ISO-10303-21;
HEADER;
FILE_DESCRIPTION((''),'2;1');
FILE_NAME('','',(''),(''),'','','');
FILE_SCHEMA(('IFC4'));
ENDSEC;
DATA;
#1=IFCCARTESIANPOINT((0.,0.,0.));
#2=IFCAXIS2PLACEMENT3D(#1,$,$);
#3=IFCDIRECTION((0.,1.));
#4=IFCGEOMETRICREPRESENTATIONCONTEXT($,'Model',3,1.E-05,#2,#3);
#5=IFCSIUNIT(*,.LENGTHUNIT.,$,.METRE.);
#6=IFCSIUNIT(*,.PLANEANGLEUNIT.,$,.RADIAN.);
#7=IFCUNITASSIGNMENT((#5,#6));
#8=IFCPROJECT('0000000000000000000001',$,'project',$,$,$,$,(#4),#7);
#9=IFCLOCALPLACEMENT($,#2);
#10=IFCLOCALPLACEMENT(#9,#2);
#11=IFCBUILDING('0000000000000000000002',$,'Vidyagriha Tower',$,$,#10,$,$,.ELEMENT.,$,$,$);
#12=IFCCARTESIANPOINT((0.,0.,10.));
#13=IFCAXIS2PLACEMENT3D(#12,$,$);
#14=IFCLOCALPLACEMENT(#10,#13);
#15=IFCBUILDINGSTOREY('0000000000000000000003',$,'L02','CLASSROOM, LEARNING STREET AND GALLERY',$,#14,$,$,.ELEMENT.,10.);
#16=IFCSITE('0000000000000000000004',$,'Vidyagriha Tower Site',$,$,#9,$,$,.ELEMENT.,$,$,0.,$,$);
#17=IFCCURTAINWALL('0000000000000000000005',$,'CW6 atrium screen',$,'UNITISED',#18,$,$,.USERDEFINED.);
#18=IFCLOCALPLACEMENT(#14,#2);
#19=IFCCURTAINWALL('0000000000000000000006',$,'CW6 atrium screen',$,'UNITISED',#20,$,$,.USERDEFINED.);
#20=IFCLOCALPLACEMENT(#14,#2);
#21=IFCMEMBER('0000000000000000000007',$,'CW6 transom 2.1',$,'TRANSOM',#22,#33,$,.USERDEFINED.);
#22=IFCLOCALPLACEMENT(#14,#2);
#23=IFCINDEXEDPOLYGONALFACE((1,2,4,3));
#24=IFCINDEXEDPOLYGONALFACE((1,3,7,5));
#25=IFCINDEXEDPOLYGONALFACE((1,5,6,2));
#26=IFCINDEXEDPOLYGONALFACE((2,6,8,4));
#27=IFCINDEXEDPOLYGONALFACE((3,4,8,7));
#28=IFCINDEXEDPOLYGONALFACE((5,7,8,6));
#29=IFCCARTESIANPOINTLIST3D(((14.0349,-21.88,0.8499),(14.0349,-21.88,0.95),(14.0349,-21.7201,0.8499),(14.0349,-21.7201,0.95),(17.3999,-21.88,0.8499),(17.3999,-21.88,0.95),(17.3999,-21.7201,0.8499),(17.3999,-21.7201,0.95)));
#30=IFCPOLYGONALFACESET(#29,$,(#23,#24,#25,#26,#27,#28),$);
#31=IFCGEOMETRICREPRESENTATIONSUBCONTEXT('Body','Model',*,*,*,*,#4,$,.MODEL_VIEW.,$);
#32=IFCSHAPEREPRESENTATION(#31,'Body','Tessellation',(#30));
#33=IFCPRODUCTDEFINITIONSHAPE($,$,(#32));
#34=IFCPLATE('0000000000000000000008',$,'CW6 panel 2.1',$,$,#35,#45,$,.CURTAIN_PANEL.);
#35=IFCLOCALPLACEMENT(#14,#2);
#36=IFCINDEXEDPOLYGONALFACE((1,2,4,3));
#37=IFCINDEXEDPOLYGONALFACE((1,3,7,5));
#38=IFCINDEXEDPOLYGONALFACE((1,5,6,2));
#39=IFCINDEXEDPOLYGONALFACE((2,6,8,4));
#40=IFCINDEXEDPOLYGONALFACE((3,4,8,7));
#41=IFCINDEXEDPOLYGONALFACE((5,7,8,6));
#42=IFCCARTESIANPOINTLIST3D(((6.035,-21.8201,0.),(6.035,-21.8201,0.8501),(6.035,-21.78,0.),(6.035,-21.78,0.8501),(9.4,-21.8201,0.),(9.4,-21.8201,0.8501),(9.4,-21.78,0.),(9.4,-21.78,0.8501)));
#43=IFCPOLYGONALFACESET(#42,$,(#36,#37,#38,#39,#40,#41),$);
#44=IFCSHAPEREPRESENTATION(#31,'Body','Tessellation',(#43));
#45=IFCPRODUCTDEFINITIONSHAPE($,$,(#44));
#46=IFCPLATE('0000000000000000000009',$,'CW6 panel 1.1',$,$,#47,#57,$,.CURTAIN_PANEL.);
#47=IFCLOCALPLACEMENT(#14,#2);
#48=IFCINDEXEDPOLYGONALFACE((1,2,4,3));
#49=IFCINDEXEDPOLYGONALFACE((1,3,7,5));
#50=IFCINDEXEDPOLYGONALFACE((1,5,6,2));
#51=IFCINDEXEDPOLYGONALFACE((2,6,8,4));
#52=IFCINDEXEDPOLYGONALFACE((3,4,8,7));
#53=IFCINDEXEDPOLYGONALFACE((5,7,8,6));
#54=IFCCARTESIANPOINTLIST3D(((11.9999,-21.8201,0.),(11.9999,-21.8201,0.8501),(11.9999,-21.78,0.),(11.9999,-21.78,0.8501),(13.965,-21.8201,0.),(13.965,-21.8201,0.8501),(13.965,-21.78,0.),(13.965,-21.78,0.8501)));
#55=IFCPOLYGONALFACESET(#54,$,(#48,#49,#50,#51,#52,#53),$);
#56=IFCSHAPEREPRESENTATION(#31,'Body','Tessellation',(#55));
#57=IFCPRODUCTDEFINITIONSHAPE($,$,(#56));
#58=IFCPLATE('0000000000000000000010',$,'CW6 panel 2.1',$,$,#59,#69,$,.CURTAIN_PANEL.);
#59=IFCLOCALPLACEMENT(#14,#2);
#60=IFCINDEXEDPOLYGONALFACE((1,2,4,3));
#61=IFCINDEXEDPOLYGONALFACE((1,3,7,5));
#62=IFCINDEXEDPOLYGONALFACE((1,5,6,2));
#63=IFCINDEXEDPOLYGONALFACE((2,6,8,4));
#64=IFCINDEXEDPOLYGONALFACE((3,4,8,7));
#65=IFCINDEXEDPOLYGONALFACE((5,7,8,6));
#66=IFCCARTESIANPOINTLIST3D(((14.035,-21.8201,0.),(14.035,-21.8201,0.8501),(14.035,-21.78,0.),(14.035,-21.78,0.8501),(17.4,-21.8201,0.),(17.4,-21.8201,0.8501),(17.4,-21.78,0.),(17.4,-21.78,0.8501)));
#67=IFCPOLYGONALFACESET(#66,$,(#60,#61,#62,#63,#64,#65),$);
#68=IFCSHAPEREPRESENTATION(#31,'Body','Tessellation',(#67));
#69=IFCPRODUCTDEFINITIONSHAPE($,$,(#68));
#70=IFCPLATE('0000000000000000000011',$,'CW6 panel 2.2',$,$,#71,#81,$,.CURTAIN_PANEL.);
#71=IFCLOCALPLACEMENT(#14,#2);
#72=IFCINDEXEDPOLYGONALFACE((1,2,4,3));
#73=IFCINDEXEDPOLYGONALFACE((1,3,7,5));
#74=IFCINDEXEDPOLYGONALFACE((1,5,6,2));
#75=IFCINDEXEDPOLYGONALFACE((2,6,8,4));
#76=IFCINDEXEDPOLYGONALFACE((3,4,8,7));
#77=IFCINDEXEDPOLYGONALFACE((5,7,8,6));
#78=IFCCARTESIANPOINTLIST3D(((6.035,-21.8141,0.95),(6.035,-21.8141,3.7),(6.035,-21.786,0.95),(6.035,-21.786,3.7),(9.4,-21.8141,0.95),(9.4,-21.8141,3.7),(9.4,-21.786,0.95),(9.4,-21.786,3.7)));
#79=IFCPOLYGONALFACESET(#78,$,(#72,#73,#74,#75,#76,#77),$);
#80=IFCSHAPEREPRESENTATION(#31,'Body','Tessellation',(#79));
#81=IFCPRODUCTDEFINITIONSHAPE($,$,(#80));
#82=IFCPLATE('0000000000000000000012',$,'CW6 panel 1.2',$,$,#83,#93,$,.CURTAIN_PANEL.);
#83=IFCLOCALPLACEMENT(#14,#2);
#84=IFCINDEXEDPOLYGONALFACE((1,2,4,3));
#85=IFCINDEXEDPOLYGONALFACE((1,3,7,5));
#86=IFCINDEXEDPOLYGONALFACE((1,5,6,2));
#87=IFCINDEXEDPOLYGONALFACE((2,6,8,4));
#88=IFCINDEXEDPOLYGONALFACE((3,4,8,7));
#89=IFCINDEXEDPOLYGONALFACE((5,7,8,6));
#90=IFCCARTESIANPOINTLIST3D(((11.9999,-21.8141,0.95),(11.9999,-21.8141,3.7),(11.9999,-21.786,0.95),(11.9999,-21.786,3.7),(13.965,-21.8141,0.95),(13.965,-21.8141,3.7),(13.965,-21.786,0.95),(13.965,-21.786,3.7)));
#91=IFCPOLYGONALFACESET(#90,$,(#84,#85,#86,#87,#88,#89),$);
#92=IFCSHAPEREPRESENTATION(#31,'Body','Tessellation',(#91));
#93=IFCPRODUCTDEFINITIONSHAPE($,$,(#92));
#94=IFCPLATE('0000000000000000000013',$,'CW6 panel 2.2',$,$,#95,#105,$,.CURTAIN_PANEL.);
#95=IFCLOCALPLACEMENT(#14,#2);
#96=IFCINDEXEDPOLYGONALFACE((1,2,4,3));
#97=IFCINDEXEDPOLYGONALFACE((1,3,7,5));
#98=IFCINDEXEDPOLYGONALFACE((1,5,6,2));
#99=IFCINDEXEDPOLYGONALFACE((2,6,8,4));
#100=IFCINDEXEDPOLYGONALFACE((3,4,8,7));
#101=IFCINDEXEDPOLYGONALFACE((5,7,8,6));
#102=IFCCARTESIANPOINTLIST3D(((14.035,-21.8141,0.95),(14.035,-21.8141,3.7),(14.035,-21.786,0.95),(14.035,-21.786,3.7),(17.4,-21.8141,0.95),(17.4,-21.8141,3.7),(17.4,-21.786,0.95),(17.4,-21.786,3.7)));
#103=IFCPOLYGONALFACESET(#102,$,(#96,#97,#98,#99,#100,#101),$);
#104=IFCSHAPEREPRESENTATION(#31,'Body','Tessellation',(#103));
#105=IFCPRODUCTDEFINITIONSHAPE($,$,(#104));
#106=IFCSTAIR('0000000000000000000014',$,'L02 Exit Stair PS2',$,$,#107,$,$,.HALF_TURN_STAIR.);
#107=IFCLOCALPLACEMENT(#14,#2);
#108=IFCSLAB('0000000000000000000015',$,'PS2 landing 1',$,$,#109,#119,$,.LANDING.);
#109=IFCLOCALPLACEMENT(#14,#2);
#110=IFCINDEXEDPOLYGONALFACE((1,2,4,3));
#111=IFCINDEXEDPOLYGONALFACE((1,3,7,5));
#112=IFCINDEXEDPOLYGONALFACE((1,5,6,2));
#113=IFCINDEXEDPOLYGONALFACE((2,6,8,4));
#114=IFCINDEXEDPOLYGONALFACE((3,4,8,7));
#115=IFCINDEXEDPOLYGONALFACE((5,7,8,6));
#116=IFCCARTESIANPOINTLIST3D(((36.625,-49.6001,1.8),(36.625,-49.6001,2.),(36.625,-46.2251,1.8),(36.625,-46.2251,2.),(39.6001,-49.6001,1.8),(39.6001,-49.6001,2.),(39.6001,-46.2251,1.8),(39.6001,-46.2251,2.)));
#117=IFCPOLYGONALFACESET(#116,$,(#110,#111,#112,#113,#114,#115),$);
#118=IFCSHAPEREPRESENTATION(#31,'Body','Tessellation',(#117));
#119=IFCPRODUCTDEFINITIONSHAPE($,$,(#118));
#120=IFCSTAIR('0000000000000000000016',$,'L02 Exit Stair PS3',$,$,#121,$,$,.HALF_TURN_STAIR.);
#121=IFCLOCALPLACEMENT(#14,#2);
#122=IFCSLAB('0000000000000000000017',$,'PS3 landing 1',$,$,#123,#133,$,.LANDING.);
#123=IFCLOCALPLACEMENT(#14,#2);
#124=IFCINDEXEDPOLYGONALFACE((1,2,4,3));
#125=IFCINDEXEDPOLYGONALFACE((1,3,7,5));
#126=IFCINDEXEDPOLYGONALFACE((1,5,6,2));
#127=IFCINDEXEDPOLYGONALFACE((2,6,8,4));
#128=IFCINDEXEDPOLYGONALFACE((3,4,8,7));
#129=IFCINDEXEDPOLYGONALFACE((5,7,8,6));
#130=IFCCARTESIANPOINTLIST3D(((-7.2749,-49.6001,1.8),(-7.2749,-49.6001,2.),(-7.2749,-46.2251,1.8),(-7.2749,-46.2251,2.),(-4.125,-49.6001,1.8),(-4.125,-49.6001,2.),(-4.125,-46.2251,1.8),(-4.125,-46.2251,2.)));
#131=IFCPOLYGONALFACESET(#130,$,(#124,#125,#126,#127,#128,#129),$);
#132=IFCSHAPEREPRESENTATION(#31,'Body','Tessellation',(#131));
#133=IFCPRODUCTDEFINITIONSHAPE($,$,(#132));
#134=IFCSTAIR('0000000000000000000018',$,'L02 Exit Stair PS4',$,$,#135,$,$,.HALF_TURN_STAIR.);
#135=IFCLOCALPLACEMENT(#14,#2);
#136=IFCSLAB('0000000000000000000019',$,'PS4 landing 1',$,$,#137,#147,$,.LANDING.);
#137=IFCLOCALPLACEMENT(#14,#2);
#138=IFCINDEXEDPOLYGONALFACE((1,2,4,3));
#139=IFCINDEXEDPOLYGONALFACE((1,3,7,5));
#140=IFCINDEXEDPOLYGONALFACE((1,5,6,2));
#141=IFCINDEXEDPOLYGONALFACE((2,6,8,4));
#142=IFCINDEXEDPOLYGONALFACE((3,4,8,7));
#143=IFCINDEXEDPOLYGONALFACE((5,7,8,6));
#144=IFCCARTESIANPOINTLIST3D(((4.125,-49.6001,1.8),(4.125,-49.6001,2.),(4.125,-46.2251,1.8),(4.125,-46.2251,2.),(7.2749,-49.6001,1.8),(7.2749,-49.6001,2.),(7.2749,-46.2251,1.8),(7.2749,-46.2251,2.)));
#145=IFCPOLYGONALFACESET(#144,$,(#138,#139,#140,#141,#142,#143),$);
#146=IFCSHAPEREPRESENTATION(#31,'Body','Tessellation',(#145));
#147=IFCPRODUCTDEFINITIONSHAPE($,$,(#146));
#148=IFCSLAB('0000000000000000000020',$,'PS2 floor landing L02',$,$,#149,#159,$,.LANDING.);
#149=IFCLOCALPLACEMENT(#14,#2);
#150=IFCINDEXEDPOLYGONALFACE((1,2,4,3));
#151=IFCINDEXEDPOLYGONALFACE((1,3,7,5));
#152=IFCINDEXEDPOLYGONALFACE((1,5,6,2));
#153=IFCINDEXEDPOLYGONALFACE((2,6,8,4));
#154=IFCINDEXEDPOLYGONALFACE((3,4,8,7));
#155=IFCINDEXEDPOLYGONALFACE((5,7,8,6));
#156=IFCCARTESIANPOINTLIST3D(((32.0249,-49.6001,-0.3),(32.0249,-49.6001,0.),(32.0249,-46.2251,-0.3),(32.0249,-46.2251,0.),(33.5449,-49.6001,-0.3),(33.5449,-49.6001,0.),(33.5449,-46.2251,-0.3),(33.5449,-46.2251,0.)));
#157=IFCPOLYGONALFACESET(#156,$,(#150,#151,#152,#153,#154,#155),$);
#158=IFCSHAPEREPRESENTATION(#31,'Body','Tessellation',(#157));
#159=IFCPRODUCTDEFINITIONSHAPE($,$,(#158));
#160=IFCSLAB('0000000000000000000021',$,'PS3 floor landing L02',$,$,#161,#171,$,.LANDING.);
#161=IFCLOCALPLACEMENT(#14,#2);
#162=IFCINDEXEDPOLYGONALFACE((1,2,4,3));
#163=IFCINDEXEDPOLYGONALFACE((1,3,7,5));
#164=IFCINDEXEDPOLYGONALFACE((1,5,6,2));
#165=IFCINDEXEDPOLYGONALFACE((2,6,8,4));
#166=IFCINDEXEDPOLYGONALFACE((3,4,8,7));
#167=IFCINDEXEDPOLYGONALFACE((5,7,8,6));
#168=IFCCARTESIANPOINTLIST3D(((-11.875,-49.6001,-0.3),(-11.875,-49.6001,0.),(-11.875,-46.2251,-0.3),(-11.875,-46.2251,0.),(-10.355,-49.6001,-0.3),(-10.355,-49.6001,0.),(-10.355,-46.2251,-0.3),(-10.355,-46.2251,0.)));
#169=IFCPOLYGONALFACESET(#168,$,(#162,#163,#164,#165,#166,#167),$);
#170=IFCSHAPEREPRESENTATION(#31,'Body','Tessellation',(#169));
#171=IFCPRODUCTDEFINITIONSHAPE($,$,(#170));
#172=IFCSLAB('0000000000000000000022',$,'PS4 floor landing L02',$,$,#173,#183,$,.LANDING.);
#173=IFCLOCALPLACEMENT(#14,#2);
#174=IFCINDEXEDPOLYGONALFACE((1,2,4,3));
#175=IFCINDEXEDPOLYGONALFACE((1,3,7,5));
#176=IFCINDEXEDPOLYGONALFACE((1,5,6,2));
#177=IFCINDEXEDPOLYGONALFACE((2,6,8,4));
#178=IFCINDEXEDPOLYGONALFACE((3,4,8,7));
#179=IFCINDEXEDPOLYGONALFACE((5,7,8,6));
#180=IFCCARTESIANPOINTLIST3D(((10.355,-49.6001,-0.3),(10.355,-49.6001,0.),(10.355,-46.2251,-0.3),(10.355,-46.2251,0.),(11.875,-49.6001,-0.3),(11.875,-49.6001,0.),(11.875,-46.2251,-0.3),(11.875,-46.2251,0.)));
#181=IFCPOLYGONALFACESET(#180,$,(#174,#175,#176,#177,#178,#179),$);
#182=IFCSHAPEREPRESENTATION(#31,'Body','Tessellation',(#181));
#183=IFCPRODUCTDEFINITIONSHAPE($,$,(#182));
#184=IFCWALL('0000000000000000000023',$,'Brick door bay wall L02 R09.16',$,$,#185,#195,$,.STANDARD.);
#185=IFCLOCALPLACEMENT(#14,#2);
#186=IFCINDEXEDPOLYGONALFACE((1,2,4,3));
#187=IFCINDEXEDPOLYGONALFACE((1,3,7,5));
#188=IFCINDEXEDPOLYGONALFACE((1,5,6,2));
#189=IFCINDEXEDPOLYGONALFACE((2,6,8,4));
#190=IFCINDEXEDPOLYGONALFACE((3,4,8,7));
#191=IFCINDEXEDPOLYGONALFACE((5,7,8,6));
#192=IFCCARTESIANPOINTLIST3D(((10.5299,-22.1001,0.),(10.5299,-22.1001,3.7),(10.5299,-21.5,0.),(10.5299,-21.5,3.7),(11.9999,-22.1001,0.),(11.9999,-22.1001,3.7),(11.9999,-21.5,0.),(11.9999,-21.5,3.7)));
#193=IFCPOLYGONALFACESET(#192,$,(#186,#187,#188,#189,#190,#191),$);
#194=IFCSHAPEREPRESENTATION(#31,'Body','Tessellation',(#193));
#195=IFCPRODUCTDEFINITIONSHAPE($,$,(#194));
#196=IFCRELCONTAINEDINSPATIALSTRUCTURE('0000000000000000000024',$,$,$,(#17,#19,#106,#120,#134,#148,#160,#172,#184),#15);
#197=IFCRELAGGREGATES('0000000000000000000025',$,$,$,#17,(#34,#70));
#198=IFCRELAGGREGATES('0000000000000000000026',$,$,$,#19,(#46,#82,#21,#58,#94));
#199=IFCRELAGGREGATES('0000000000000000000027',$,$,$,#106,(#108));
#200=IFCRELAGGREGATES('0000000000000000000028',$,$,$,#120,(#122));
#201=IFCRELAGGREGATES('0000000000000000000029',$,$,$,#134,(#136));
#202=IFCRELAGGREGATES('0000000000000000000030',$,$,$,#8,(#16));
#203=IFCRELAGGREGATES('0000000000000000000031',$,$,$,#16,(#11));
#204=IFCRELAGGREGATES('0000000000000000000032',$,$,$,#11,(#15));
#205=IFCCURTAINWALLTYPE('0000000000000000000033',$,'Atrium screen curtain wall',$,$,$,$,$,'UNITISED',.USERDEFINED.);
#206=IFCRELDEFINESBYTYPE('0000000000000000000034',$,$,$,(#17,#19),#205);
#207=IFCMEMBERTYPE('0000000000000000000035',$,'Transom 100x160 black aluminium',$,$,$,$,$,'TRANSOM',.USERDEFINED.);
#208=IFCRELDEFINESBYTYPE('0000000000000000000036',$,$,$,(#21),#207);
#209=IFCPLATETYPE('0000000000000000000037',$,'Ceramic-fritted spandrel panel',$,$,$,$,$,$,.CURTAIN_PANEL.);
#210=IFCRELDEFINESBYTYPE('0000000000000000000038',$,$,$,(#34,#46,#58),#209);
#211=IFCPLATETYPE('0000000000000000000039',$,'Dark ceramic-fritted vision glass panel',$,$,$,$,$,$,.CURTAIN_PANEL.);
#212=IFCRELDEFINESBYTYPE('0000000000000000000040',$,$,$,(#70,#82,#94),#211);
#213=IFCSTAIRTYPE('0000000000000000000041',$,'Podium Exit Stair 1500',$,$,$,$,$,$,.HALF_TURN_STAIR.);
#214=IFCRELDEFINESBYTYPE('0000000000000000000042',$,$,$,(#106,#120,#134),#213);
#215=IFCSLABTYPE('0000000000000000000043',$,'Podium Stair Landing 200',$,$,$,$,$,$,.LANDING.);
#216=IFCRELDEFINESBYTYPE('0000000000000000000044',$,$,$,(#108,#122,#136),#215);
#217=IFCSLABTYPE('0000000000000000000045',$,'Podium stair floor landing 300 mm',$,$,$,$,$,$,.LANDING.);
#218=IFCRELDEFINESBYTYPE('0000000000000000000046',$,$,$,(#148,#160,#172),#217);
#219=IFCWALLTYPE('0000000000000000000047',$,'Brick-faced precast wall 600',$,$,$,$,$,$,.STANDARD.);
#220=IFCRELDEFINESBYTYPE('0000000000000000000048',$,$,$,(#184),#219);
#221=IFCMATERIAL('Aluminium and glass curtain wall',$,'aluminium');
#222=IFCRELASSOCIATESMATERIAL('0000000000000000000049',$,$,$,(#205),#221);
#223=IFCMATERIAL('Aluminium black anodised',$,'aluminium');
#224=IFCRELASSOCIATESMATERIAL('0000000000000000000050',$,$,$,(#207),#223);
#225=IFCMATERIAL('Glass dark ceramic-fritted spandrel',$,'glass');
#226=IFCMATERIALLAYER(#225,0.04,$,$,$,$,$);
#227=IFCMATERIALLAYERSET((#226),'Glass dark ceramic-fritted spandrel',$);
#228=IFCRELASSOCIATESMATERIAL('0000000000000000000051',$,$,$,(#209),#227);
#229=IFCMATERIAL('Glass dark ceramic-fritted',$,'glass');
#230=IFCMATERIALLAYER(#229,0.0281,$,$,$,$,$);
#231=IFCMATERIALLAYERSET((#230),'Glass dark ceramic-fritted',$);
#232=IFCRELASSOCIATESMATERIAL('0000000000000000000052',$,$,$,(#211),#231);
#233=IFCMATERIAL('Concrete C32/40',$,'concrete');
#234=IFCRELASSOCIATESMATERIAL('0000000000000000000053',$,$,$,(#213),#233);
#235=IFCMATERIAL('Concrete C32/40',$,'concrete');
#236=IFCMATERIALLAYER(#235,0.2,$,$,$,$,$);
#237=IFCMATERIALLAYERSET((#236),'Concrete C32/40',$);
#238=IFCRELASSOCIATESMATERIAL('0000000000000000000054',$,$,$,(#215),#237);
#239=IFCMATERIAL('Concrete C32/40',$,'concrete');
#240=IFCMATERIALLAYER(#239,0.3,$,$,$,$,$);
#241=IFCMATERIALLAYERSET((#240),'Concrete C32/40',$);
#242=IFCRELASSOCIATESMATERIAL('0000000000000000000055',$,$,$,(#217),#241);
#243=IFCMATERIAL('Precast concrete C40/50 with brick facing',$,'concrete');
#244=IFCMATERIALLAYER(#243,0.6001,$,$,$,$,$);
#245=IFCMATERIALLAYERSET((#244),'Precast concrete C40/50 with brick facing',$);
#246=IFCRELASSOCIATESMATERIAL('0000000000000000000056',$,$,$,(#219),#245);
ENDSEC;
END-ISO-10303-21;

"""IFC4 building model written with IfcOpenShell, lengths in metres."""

from ifc_helpers import new_model, si_unit, direction, frame, frame_2d, origin, origin_2d, place, context, subcontext, project, spatial, polyline, rectangle, outline, extrude, material, layer, layer_set, material_profile, profile_set, type_object, element, aggregate, save


model = new_model("IFC4")

# Units and contexts
model_context = context("Model", 3, precision=1e-05, world=origin(), true_north=direction((0.0, 1.0)))
body_context = subcontext(model_context, "Body", "Model", "MODEL_VIEW")
ifc_project = project(units=[si_unit("LENGTHUNIT", "METRE"), si_unit("PLANEANGLEUNIT", "RADIAN")], contexts=[model_context])

# Site, building, storey
site_placement = place(None, origin())
site = spatial("IfcSite", under=ifc_project, at=site_placement, Name="Vidyagriha Tower Site", CompositionType="ELEMENT", RefElevation=0.0)
building_placement = place(site_placement, origin())
building = spatial("IfcBuilding", under=site, at=building_placement, Name="Vidyagriha Tower", CompositionType="ELEMENT")
storey_placement = place(building_placement, frame((0.0, 0.0, 10.0)))
storey = spatial("IfcBuildingStorey", under=building, at=storey_placement, Name="L02", Description="CLASSROOM, LEARNING STREET AND GALLERY", CompositionType="ELEMENT", Elevation=10.0)

# Curtain wall
ifc_material_1 = material(Name="Aluminium and glass curtain wall", Category="aluminium")
curtain_wall_type = type_object("IfcCurtainWallType", Name="Atrium screen curtain wall", ElementType="UNITISED", PredefinedType="USERDEFINED", material=ifc_material_1)
curtain_wall_1_placement = place(storey_placement, origin())
curtain_wall_1 = element("IfcCurtainWall", 1, at=curtain_wall_1_placement, inside=storey, type_object=curtain_wall_type, Name="CW6 atrium screen", ObjectType="UNITISED", PredefinedType="USERDEFINED")

# Curtain wall, member
curtain_wall_2_placement = place(storey_placement, origin())
curtain_wall_2 = element("IfcCurtainWall", 2, at=curtain_wall_2_placement, inside=storey, type_object=curtain_wall_type, Name="CW6 atrium screen", ObjectType="UNITISED", PredefinedType="USERDEFINED")
ifc_material_2 = material(Name="Aluminium black anodised", Category="aluminium")
ifc_material_profile_1 = material_profile(ifc_material_2, rectangle(XDim=0.1599, YDim=0.1001, at=origin_2d()), Name="Transom 100x160 black aluminium")
ifc_profile_set_1 = profile_set([ifc_material_profile_1], Name="Aluminium black anodised")
member_type_1 = type_object("IfcMemberType", Name="Transom 100x160 black aluminium", ElementType="TRANSOM", PredefinedType="USERDEFINED", material=ifc_profile_set_1)
member_1_placement = place(storey_placement, frame((14.0349, -21.8, 0.8999), z_axis=(1.0, 0.0, 0.0), x_axis=(0.0, 1.0, 0.0)))
member_1 = element("IfcMember", 3, at=member_1_placement, type_object=member_type_1, Name="CW6 transom 2.1", ObjectType="TRANSOM", PredefinedType="USERDEFINED", context=body_context, shape_type="SweptSolid", body=[
    extrude(rectangle(XDim=0.1599, YDim=0.1001, at=origin_2d()), origin(), (0.0, 0.0, 1.0), 3.365),
])

# Plates
ifc_material_3 = material(Name="Glass dark ceramic-fritted spandrel", Category="glass")
ifc_layer_1 = layer(ifc_material_3, 0.04)
ifc_layer_set_1 = layer_set([ifc_layer_1], Name="Glass dark ceramic-fritted spandrel")
plate_type_1 = type_object("IfcPlateType", Name="Ceramic-fritted spandrel panel", PredefinedType="CURTAIN_PANEL", material=ifc_layer_set_1)
plate_1_placement = place(storey_placement, frame((7.7175, -21.8, 0.0)))
plate_1 = element("IfcPlate", 4, at=plate_1_placement, type_object=plate_type_1, Name="CW6 panel 2.1", PredefinedType="CURTAIN_PANEL", context=body_context, shape_type="SweptSolid", body=[
    extrude(rectangle(XDim=3.365, YDim=0.04, at=origin_2d()), origin(), (0.0, 0.0, 1.0), 0.8501),
])
plate_2_placement = place(storey_placement, frame((12.9824, -21.8, 0.0)))
plate_2 = element("IfcPlate", 5, at=plate_2_placement, type_object=plate_type_1, Name="CW6 panel 1.1", PredefinedType="CURTAIN_PANEL", context=body_context, shape_type="SweptSolid", body=[
    extrude(rectangle(XDim=1.9651, YDim=0.04, at=origin_2d()), origin(), (0.0, 0.0, 1.0), 0.8501),
])
plate_3_placement = place(storey_placement, frame((15.7175, -21.8, 0.0)))
plate_3 = element("IfcPlate", 6, at=plate_3_placement, type_object=plate_type_1, Name="CW6 panel 2.1", PredefinedType="CURTAIN_PANEL", context=body_context, shape_type="SweptSolid", body=[
    extrude(rectangle(XDim=3.365, YDim=0.04, at=origin_2d()), origin(), (0.0, 0.0, 1.0), 0.8501),
])
ifc_material_4 = material(Name="Glass dark ceramic-fritted", Category="glass")
ifc_layer_2 = layer(ifc_material_4, 0.0281)
ifc_layer_set_2 = layer_set([ifc_layer_2], Name="Glass dark ceramic-fritted")
plate_type_2 = type_object("IfcPlateType", Name="Dark ceramic-fritted vision glass panel", PredefinedType="CURTAIN_PANEL", material=ifc_layer_set_2)
plate_4_placement = place(storey_placement, frame((7.7175, -21.8, 0.95)))
plate_4 = element("IfcPlate", 7, at=plate_4_placement, type_object=plate_type_2, Name="CW6 panel 2.2", PredefinedType="CURTAIN_PANEL", context=body_context, shape_type="SweptSolid", body=[
    extrude(rectangle(XDim=3.365, YDim=0.0281, at=origin_2d()), origin(), (0.0, 0.0, 1.0), 2.75),
])
aggregate(curtain_wall_1, [plate_1, plate_4])
plate_5_placement = place(storey_placement, frame((12.9824, -21.8, 0.95)))
plate_5 = element("IfcPlate", 8, at=plate_5_placement, type_object=plate_type_2, Name="CW6 panel 1.2", PredefinedType="CURTAIN_PANEL", context=body_context, shape_type="SweptSolid", body=[
    extrude(rectangle(XDim=1.9651, YDim=0.0281, at=origin_2d()), origin(), (0.0, 0.0, 1.0), 2.75),
])
plate_6_placement = place(storey_placement, frame((15.7175, -21.8, 0.95)))
plate_6 = element("IfcPlate", 9, at=plate_6_placement, type_object=plate_type_2, Name="CW6 panel 2.2", PredefinedType="CURTAIN_PANEL", context=body_context, shape_type="SweptSolid", body=[
    extrude(rectangle(XDim=3.365, YDim=0.0281, at=origin_2d()), origin(), (0.0, 0.0, 1.0), 2.75),
])
aggregate(curtain_wall_2, [plate_2, plate_5, member_1, plate_3, plate_6])

# Stairs, slabs
ifc_material_5 = material(Name="Concrete C32/40", Category="concrete")
stair_type = type_object("IfcStairType", Name="Podium Exit Stair 1500", PredefinedType="HALF_TURN_STAIR", material=ifc_material_5)
stair_1_placement = place(storey_placement, origin())
stair_1 = element("IfcStair", 10, at=stair_1_placement, inside=storey, type_object=stair_type, Name="L02 Exit Stair PS2", PredefinedType="HALF_TURN_STAIR")
ifc_material_6 = material(Name="Concrete C32/40", Category="concrete")
ifc_layer_3 = layer(ifc_material_6, 0.2)
ifc_layer_set_3 = layer_set([ifc_layer_3], Name="Concrete C32/40")
slab_type_1 = type_object("IfcSlabType", Name="Podium Stair Landing 200", PredefinedType="LANDING", material=ifc_layer_set_3)
slab_1_placement = place(storey_placement, frame((0.0, 0.0, 1.8)))
slab_1 = element("IfcSlab", 11, at=slab_1_placement, type_object=slab_type_1, Name="PS2 landing 1", PredefinedType="LANDING", context=body_context, shape_type="SweptSolid", body=[
    extrude(outline(polyline([(36.625, -49.6001), (39.6001, -49.6001), (39.6001, -46.2251), (36.625, -46.2251), (36.625, -49.6001)])), origin(), (0.0, 0.0, 1.0), 0.2),
])
aggregate(stair_1, [slab_1])
stair_2_placement = place(storey_placement, origin())
stair_2 = element("IfcStair", 12, at=stair_2_placement, inside=storey, type_object=stair_type, Name="L02 Exit Stair PS3", PredefinedType="HALF_TURN_STAIR")
slab_2_placement = place(storey_placement, frame((0.0, 0.0, 1.8)))
slab_2 = element("IfcSlab", 13, at=slab_2_placement, type_object=slab_type_1, Name="PS3 landing 1", PredefinedType="LANDING", context=body_context, shape_type="SweptSolid", body=[
    extrude(outline(polyline([(-7.2749, -49.6001), (-4.125, -49.6001), (-4.125, -46.2251), (-7.2749, -46.2251), (-7.2749, -49.6001)])), origin(), (0.0, 0.0, 1.0), 0.2),
])
aggregate(stair_2, [slab_2])
stair_3_placement = place(storey_placement, origin())
stair_3 = element("IfcStair", 14, at=stair_3_placement, inside=storey, type_object=stair_type, Name="L02 Exit Stair PS4", PredefinedType="HALF_TURN_STAIR")
slab_3_placement = place(storey_placement, frame((0.0, 0.0, 1.8)))
slab_3 = element("IfcSlab", 15, at=slab_3_placement, type_object=slab_type_1, Name="PS4 landing 1", PredefinedType="LANDING", context=body_context, shape_type="SweptSolid", body=[
    extrude(outline(polyline([(7.2749, -46.2251), (4.125, -46.2251), (4.125, -49.6001), (7.2749, -49.6001), (7.2749, -46.2251)])), origin(), (0.0, 0.0, 1.0), 0.2),
])
aggregate(stair_3, [slab_3])

# Slabs
ifc_material_7 = material(Name="Concrete C32/40", Category="concrete")
ifc_layer_4 = layer(ifc_material_7, 0.3)
ifc_layer_set_4 = layer_set([ifc_layer_4], Name="Concrete C32/40")
slab_type_2 = type_object("IfcSlabType", Name="Podium stair floor landing 300 mm", PredefinedType="LANDING", material=ifc_layer_set_4)
slab_4_placement = place(storey_placement, frame((0.0, 0.0, -0.3)))
element("IfcSlab", 16, at=slab_4_placement, inside=storey, type_object=slab_type_2, Name="PS2 floor landing L02", PredefinedType="LANDING", context=body_context, shape_type="SweptSolid", body=[
    extrude(outline(polyline([(32.0249, -49.6001), (33.5449, -49.6001), (33.5449, -46.2251), (32.0249, -46.2251), (32.0249, -49.6001)])), origin(), (0.0, 0.0, 1.0), 0.3),
])
slab_5_placement = place(storey_placement, frame((0.0, 0.0, -0.3)))
element("IfcSlab", 17, at=slab_5_placement, inside=storey, type_object=slab_type_2, Name="PS3 floor landing L02", PredefinedType="LANDING", context=body_context, shape_type="SweptSolid", body=[
    extrude(outline(polyline([(-11.875, -49.6001), (-10.355, -49.6001), (-10.355, -46.2251), (-11.875, -46.2251), (-11.875, -49.6001)])), origin(), (0.0, 0.0, 1.0), 0.3),
])
slab_6_placement = place(storey_placement, frame((0.0, 0.0, -0.3)))
element("IfcSlab", 18, at=slab_6_placement, inside=storey, type_object=slab_type_2, Name="PS4 floor landing L02", PredefinedType="LANDING", context=body_context, shape_type="SweptSolid", body=[
    extrude(outline(polyline([(10.355, -49.6001), (11.875, -49.6001), (11.875, -46.2251), (10.355, -46.2251), (10.355, -49.6001)])), origin(), (0.0, 0.0, 1.0), 0.3),
])

# Wall
ifc_material_8 = material(Name="Precast concrete C40/50 with brick facing", Category="concrete")
ifc_layer_5 = layer(ifc_material_8, 0.6001)
ifc_layer_set_5 = layer_set([ifc_layer_5], Name="Precast concrete C40/50 with brick facing")
wall_type_1 = type_object("IfcWallType", Name="Brick-faced precast wall 600", PredefinedType="STANDARD", material=ifc_layer_set_5)
wall_1_placement = place(storey_placement, frame((10.53, -21.8, 0.0)))
element("IfcWall", 19, at=wall_1_placement, inside=storey, type_object=wall_type_1, Name="Brick door bay wall L02 R09.16", PredefinedType="STANDARD", context=body_context, shape_type="SweptSolid", body=[
    extrude(rectangle(XDim=1.47, YDim=0.6001, at=frame_2d((0.7349, 0.0))), origin(), (0.0, 0.0, 1.0), 3.7),
])

save(model, "model.ifc")
